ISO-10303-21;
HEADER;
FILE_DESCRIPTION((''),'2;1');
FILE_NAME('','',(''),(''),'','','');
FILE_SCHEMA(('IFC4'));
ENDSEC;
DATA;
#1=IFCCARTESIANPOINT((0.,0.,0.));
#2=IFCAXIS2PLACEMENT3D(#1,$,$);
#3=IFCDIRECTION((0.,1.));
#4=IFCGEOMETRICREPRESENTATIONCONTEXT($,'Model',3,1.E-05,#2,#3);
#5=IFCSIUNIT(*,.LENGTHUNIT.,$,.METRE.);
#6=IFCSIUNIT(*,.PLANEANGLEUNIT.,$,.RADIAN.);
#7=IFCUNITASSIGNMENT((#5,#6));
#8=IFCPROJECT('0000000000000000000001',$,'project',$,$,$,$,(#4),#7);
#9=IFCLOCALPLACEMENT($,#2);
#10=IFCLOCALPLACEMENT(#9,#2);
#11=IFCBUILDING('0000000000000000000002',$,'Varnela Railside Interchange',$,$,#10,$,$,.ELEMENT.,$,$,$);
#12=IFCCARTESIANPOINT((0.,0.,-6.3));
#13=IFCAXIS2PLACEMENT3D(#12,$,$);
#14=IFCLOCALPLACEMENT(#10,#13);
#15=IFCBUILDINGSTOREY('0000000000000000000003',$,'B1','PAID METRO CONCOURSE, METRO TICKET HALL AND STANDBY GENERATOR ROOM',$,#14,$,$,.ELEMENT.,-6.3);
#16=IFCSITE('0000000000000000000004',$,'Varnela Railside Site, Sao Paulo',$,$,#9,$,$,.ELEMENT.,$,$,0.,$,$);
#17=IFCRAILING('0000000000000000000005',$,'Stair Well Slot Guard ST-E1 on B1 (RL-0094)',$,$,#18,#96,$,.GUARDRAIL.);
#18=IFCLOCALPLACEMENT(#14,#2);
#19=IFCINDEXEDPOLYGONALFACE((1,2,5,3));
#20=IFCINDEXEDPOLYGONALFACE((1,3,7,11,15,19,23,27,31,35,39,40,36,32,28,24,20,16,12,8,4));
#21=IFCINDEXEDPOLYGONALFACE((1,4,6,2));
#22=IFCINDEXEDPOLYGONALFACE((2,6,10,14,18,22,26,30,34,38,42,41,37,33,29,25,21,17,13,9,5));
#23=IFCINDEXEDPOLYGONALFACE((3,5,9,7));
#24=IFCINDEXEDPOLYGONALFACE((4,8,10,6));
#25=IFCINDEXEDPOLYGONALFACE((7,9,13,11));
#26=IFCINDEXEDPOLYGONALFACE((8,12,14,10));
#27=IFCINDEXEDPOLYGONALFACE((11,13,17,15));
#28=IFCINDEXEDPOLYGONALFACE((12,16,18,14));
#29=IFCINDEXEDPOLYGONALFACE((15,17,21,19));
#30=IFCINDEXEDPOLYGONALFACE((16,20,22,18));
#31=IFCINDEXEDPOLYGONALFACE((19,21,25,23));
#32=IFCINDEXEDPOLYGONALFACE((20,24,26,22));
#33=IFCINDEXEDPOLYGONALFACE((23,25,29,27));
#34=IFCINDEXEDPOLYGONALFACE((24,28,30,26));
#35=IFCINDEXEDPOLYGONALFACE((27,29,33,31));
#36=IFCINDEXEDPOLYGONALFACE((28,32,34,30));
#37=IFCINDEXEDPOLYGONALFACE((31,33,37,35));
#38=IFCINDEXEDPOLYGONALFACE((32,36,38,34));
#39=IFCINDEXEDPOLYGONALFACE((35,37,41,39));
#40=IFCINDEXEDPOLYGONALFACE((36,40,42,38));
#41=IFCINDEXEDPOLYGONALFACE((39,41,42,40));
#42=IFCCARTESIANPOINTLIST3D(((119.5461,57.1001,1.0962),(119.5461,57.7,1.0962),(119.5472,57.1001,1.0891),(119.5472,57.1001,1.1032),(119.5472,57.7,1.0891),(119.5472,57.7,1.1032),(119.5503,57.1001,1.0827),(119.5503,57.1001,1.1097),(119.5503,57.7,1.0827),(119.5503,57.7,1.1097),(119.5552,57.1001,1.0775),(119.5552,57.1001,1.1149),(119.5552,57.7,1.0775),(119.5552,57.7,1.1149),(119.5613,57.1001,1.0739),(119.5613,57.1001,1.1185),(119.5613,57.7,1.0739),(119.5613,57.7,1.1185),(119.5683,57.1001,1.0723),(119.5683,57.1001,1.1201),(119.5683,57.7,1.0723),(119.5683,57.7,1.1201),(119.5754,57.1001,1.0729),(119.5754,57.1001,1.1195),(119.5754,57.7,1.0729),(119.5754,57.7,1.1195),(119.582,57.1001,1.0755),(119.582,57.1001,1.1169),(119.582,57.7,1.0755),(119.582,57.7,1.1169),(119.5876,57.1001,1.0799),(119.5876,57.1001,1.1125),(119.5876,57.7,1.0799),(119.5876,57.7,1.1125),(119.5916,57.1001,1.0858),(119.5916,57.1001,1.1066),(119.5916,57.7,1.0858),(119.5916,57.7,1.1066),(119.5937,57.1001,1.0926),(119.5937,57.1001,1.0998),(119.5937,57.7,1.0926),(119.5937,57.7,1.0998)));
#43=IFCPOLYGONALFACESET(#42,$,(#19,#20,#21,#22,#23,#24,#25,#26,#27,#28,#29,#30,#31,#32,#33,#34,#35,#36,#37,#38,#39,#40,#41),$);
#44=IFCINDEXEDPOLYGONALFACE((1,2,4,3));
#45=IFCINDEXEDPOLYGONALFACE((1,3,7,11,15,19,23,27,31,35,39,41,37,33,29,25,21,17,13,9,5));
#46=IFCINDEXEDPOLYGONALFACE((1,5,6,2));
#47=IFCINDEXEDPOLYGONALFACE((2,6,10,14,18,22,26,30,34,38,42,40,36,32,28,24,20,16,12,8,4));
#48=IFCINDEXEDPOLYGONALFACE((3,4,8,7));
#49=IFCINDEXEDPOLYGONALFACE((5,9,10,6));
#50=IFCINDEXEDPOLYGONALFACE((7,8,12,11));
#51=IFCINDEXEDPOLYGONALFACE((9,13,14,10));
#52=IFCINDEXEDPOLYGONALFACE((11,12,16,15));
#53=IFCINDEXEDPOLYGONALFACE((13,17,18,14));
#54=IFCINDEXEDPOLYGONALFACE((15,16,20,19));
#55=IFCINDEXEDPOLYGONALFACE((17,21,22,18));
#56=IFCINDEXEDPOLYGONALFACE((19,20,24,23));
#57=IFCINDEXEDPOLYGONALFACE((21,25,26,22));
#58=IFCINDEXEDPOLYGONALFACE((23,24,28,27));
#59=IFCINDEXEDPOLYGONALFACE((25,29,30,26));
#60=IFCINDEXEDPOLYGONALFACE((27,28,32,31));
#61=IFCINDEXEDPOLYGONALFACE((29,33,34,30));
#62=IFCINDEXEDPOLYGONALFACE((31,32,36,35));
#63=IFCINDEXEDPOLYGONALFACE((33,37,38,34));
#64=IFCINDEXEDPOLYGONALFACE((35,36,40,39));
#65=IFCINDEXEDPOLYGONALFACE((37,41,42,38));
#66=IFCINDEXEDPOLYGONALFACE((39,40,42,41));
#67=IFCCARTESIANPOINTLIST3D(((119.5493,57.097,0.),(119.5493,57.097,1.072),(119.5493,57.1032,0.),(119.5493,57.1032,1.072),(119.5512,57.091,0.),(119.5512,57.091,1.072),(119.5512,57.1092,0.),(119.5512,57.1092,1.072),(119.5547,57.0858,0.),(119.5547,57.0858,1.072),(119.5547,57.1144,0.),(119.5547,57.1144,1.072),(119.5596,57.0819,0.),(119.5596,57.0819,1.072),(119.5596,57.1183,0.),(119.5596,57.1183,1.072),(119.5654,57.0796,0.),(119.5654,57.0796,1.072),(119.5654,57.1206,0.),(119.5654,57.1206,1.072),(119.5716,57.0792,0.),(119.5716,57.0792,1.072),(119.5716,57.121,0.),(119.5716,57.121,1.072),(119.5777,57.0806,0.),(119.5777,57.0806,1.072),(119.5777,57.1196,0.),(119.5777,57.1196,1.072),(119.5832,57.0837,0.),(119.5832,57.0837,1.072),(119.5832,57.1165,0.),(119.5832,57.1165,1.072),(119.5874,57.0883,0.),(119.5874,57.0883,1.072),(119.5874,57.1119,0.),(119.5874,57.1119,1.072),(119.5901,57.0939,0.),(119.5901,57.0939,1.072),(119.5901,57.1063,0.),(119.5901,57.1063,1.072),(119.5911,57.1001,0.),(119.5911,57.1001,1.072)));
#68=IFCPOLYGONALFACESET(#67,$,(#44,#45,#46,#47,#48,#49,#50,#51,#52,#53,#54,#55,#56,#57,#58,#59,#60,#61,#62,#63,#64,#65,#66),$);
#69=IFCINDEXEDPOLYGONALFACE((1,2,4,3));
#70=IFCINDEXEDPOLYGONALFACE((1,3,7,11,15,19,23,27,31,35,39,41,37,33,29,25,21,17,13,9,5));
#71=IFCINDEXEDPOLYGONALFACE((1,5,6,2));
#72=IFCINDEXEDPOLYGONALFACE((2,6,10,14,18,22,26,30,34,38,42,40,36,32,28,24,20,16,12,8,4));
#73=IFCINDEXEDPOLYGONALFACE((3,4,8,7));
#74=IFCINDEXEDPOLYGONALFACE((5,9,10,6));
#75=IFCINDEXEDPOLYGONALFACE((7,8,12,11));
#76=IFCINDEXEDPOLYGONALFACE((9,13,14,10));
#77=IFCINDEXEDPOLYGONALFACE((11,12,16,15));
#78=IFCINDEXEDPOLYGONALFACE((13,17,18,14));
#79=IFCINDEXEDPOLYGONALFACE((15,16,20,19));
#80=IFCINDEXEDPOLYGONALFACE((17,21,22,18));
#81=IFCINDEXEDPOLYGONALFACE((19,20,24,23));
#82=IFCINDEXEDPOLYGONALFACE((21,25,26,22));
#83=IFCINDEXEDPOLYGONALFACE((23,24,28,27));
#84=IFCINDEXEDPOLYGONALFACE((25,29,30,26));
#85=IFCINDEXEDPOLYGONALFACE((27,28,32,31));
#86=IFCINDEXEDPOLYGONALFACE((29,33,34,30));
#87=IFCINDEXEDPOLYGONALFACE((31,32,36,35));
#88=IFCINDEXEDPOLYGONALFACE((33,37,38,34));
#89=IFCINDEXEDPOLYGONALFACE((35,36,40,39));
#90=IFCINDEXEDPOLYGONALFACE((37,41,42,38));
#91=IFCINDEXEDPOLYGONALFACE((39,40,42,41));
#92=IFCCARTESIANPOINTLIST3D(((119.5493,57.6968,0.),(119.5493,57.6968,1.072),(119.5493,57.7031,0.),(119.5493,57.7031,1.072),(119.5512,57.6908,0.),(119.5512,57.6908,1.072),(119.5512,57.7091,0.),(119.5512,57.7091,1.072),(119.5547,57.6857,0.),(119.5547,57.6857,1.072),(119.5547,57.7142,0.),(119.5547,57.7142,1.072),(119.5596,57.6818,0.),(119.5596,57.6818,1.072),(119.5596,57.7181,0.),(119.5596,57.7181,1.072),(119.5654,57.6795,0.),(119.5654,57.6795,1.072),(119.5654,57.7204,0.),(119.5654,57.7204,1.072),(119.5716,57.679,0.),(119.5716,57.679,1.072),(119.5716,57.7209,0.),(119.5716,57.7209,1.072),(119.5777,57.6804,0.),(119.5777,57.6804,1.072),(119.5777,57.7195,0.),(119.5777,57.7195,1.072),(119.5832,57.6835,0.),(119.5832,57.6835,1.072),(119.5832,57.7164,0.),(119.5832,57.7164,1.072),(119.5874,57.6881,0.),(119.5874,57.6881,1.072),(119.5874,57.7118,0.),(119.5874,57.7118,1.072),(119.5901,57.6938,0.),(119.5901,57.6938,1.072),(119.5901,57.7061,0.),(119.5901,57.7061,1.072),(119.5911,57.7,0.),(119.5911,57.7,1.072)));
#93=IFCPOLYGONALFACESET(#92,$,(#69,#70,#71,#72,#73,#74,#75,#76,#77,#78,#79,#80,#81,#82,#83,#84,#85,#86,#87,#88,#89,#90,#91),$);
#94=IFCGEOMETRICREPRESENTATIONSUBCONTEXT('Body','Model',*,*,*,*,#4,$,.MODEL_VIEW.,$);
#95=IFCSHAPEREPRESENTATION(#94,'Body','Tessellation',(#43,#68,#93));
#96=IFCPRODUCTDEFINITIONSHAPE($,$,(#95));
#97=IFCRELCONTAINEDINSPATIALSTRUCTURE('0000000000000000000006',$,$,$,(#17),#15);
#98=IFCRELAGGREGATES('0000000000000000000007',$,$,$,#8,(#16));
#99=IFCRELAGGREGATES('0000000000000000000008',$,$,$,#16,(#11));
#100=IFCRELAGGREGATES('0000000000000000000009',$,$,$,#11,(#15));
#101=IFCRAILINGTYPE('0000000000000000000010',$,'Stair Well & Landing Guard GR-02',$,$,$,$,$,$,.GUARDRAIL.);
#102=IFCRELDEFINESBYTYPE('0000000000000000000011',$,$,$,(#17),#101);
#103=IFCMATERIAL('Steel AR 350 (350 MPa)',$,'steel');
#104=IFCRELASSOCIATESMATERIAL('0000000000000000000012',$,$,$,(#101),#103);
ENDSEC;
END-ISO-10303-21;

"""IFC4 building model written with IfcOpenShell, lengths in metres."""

from ifc_helpers import new_model, si_unit, direction, frame, origin, origin_2d, place, context, subcontext, project, spatial, circle, extrude, material, type_object, element, save


model = new_model("IFC4")

# Units and contexts
model_context = context("Model", 3, precision=1e-05, world=origin(), true_north=direction((0.0, 1.0)))
body_context = subcontext(model_context, "Body", "Model", "MODEL_VIEW")
ifc_project = project(units=[si_unit("LENGTHUNIT", "METRE"), si_unit("PLANEANGLEUNIT", "RADIAN")], contexts=[model_context])

# Site, building, storey
site_placement = place(None, origin())
site = spatial("IfcSite", under=ifc_project, at=site_placement, Name="Varnela Railside Site, Sao Paulo", CompositionType="ELEMENT", RefElevation=0.0)
building_placement = place(site_placement, origin())
building = spatial("IfcBuilding", under=site, at=building_placement, Name="Varnela Railside Interchange", CompositionType="ELEMENT")
storey_placement = place(building_placement, frame((0.0, 0.0, -6.3)))
storey = spatial("IfcBuildingStorey", under=building, at=storey_placement, Name="B1", Description="PAID METRO CONCOURSE, METRO TICKET HALL AND STANDBY GENERATOR ROOM", CompositionType="ELEMENT", Elevation=-6.3)

# Railing
ifc_material_1 = material(Name="Steel AR 350 (350 MPa)", Category="steel")
railing_type_1 = type_object("IfcRailingType", Name="Stair Well & Landing Guard GR-02", PredefinedType="GUARDRAIL", material=ifc_material_1)
railing_1_placement = place(storey_placement, frame((119.5701, 57.1001, 0.0)))
element("IfcRailing", 1, at=railing_1_placement, inside=storey, type_object=railing_type_1, Name="Stair Well Slot Guard ST-E1 on B1 (RL-0094)", PredefinedType="GUARDRAIL", context=body_context, shape_type="SweptSolid", body=[
    extrude(circle(Radius=0.0239, at=origin_2d()), frame((0.0, 0.0, 1.0962), z_axis=(0.0, 1.0, 0.0), x_axis=(-1.0, 0.0, 0.0)), (0.0, 0.0, 1.0), 0.5999),
    extrude(circle(Radius=0.021, at=origin_2d()), origin(), (0.0, 0.0, 1.0), 1.072),
    extrude(circle(Radius=0.021, at=origin_2d()), frame((0.0, 0.5999, 0.0)), (0.0, 0.0, 1.0), 1.072),
])

save(model, "model.ifc")
